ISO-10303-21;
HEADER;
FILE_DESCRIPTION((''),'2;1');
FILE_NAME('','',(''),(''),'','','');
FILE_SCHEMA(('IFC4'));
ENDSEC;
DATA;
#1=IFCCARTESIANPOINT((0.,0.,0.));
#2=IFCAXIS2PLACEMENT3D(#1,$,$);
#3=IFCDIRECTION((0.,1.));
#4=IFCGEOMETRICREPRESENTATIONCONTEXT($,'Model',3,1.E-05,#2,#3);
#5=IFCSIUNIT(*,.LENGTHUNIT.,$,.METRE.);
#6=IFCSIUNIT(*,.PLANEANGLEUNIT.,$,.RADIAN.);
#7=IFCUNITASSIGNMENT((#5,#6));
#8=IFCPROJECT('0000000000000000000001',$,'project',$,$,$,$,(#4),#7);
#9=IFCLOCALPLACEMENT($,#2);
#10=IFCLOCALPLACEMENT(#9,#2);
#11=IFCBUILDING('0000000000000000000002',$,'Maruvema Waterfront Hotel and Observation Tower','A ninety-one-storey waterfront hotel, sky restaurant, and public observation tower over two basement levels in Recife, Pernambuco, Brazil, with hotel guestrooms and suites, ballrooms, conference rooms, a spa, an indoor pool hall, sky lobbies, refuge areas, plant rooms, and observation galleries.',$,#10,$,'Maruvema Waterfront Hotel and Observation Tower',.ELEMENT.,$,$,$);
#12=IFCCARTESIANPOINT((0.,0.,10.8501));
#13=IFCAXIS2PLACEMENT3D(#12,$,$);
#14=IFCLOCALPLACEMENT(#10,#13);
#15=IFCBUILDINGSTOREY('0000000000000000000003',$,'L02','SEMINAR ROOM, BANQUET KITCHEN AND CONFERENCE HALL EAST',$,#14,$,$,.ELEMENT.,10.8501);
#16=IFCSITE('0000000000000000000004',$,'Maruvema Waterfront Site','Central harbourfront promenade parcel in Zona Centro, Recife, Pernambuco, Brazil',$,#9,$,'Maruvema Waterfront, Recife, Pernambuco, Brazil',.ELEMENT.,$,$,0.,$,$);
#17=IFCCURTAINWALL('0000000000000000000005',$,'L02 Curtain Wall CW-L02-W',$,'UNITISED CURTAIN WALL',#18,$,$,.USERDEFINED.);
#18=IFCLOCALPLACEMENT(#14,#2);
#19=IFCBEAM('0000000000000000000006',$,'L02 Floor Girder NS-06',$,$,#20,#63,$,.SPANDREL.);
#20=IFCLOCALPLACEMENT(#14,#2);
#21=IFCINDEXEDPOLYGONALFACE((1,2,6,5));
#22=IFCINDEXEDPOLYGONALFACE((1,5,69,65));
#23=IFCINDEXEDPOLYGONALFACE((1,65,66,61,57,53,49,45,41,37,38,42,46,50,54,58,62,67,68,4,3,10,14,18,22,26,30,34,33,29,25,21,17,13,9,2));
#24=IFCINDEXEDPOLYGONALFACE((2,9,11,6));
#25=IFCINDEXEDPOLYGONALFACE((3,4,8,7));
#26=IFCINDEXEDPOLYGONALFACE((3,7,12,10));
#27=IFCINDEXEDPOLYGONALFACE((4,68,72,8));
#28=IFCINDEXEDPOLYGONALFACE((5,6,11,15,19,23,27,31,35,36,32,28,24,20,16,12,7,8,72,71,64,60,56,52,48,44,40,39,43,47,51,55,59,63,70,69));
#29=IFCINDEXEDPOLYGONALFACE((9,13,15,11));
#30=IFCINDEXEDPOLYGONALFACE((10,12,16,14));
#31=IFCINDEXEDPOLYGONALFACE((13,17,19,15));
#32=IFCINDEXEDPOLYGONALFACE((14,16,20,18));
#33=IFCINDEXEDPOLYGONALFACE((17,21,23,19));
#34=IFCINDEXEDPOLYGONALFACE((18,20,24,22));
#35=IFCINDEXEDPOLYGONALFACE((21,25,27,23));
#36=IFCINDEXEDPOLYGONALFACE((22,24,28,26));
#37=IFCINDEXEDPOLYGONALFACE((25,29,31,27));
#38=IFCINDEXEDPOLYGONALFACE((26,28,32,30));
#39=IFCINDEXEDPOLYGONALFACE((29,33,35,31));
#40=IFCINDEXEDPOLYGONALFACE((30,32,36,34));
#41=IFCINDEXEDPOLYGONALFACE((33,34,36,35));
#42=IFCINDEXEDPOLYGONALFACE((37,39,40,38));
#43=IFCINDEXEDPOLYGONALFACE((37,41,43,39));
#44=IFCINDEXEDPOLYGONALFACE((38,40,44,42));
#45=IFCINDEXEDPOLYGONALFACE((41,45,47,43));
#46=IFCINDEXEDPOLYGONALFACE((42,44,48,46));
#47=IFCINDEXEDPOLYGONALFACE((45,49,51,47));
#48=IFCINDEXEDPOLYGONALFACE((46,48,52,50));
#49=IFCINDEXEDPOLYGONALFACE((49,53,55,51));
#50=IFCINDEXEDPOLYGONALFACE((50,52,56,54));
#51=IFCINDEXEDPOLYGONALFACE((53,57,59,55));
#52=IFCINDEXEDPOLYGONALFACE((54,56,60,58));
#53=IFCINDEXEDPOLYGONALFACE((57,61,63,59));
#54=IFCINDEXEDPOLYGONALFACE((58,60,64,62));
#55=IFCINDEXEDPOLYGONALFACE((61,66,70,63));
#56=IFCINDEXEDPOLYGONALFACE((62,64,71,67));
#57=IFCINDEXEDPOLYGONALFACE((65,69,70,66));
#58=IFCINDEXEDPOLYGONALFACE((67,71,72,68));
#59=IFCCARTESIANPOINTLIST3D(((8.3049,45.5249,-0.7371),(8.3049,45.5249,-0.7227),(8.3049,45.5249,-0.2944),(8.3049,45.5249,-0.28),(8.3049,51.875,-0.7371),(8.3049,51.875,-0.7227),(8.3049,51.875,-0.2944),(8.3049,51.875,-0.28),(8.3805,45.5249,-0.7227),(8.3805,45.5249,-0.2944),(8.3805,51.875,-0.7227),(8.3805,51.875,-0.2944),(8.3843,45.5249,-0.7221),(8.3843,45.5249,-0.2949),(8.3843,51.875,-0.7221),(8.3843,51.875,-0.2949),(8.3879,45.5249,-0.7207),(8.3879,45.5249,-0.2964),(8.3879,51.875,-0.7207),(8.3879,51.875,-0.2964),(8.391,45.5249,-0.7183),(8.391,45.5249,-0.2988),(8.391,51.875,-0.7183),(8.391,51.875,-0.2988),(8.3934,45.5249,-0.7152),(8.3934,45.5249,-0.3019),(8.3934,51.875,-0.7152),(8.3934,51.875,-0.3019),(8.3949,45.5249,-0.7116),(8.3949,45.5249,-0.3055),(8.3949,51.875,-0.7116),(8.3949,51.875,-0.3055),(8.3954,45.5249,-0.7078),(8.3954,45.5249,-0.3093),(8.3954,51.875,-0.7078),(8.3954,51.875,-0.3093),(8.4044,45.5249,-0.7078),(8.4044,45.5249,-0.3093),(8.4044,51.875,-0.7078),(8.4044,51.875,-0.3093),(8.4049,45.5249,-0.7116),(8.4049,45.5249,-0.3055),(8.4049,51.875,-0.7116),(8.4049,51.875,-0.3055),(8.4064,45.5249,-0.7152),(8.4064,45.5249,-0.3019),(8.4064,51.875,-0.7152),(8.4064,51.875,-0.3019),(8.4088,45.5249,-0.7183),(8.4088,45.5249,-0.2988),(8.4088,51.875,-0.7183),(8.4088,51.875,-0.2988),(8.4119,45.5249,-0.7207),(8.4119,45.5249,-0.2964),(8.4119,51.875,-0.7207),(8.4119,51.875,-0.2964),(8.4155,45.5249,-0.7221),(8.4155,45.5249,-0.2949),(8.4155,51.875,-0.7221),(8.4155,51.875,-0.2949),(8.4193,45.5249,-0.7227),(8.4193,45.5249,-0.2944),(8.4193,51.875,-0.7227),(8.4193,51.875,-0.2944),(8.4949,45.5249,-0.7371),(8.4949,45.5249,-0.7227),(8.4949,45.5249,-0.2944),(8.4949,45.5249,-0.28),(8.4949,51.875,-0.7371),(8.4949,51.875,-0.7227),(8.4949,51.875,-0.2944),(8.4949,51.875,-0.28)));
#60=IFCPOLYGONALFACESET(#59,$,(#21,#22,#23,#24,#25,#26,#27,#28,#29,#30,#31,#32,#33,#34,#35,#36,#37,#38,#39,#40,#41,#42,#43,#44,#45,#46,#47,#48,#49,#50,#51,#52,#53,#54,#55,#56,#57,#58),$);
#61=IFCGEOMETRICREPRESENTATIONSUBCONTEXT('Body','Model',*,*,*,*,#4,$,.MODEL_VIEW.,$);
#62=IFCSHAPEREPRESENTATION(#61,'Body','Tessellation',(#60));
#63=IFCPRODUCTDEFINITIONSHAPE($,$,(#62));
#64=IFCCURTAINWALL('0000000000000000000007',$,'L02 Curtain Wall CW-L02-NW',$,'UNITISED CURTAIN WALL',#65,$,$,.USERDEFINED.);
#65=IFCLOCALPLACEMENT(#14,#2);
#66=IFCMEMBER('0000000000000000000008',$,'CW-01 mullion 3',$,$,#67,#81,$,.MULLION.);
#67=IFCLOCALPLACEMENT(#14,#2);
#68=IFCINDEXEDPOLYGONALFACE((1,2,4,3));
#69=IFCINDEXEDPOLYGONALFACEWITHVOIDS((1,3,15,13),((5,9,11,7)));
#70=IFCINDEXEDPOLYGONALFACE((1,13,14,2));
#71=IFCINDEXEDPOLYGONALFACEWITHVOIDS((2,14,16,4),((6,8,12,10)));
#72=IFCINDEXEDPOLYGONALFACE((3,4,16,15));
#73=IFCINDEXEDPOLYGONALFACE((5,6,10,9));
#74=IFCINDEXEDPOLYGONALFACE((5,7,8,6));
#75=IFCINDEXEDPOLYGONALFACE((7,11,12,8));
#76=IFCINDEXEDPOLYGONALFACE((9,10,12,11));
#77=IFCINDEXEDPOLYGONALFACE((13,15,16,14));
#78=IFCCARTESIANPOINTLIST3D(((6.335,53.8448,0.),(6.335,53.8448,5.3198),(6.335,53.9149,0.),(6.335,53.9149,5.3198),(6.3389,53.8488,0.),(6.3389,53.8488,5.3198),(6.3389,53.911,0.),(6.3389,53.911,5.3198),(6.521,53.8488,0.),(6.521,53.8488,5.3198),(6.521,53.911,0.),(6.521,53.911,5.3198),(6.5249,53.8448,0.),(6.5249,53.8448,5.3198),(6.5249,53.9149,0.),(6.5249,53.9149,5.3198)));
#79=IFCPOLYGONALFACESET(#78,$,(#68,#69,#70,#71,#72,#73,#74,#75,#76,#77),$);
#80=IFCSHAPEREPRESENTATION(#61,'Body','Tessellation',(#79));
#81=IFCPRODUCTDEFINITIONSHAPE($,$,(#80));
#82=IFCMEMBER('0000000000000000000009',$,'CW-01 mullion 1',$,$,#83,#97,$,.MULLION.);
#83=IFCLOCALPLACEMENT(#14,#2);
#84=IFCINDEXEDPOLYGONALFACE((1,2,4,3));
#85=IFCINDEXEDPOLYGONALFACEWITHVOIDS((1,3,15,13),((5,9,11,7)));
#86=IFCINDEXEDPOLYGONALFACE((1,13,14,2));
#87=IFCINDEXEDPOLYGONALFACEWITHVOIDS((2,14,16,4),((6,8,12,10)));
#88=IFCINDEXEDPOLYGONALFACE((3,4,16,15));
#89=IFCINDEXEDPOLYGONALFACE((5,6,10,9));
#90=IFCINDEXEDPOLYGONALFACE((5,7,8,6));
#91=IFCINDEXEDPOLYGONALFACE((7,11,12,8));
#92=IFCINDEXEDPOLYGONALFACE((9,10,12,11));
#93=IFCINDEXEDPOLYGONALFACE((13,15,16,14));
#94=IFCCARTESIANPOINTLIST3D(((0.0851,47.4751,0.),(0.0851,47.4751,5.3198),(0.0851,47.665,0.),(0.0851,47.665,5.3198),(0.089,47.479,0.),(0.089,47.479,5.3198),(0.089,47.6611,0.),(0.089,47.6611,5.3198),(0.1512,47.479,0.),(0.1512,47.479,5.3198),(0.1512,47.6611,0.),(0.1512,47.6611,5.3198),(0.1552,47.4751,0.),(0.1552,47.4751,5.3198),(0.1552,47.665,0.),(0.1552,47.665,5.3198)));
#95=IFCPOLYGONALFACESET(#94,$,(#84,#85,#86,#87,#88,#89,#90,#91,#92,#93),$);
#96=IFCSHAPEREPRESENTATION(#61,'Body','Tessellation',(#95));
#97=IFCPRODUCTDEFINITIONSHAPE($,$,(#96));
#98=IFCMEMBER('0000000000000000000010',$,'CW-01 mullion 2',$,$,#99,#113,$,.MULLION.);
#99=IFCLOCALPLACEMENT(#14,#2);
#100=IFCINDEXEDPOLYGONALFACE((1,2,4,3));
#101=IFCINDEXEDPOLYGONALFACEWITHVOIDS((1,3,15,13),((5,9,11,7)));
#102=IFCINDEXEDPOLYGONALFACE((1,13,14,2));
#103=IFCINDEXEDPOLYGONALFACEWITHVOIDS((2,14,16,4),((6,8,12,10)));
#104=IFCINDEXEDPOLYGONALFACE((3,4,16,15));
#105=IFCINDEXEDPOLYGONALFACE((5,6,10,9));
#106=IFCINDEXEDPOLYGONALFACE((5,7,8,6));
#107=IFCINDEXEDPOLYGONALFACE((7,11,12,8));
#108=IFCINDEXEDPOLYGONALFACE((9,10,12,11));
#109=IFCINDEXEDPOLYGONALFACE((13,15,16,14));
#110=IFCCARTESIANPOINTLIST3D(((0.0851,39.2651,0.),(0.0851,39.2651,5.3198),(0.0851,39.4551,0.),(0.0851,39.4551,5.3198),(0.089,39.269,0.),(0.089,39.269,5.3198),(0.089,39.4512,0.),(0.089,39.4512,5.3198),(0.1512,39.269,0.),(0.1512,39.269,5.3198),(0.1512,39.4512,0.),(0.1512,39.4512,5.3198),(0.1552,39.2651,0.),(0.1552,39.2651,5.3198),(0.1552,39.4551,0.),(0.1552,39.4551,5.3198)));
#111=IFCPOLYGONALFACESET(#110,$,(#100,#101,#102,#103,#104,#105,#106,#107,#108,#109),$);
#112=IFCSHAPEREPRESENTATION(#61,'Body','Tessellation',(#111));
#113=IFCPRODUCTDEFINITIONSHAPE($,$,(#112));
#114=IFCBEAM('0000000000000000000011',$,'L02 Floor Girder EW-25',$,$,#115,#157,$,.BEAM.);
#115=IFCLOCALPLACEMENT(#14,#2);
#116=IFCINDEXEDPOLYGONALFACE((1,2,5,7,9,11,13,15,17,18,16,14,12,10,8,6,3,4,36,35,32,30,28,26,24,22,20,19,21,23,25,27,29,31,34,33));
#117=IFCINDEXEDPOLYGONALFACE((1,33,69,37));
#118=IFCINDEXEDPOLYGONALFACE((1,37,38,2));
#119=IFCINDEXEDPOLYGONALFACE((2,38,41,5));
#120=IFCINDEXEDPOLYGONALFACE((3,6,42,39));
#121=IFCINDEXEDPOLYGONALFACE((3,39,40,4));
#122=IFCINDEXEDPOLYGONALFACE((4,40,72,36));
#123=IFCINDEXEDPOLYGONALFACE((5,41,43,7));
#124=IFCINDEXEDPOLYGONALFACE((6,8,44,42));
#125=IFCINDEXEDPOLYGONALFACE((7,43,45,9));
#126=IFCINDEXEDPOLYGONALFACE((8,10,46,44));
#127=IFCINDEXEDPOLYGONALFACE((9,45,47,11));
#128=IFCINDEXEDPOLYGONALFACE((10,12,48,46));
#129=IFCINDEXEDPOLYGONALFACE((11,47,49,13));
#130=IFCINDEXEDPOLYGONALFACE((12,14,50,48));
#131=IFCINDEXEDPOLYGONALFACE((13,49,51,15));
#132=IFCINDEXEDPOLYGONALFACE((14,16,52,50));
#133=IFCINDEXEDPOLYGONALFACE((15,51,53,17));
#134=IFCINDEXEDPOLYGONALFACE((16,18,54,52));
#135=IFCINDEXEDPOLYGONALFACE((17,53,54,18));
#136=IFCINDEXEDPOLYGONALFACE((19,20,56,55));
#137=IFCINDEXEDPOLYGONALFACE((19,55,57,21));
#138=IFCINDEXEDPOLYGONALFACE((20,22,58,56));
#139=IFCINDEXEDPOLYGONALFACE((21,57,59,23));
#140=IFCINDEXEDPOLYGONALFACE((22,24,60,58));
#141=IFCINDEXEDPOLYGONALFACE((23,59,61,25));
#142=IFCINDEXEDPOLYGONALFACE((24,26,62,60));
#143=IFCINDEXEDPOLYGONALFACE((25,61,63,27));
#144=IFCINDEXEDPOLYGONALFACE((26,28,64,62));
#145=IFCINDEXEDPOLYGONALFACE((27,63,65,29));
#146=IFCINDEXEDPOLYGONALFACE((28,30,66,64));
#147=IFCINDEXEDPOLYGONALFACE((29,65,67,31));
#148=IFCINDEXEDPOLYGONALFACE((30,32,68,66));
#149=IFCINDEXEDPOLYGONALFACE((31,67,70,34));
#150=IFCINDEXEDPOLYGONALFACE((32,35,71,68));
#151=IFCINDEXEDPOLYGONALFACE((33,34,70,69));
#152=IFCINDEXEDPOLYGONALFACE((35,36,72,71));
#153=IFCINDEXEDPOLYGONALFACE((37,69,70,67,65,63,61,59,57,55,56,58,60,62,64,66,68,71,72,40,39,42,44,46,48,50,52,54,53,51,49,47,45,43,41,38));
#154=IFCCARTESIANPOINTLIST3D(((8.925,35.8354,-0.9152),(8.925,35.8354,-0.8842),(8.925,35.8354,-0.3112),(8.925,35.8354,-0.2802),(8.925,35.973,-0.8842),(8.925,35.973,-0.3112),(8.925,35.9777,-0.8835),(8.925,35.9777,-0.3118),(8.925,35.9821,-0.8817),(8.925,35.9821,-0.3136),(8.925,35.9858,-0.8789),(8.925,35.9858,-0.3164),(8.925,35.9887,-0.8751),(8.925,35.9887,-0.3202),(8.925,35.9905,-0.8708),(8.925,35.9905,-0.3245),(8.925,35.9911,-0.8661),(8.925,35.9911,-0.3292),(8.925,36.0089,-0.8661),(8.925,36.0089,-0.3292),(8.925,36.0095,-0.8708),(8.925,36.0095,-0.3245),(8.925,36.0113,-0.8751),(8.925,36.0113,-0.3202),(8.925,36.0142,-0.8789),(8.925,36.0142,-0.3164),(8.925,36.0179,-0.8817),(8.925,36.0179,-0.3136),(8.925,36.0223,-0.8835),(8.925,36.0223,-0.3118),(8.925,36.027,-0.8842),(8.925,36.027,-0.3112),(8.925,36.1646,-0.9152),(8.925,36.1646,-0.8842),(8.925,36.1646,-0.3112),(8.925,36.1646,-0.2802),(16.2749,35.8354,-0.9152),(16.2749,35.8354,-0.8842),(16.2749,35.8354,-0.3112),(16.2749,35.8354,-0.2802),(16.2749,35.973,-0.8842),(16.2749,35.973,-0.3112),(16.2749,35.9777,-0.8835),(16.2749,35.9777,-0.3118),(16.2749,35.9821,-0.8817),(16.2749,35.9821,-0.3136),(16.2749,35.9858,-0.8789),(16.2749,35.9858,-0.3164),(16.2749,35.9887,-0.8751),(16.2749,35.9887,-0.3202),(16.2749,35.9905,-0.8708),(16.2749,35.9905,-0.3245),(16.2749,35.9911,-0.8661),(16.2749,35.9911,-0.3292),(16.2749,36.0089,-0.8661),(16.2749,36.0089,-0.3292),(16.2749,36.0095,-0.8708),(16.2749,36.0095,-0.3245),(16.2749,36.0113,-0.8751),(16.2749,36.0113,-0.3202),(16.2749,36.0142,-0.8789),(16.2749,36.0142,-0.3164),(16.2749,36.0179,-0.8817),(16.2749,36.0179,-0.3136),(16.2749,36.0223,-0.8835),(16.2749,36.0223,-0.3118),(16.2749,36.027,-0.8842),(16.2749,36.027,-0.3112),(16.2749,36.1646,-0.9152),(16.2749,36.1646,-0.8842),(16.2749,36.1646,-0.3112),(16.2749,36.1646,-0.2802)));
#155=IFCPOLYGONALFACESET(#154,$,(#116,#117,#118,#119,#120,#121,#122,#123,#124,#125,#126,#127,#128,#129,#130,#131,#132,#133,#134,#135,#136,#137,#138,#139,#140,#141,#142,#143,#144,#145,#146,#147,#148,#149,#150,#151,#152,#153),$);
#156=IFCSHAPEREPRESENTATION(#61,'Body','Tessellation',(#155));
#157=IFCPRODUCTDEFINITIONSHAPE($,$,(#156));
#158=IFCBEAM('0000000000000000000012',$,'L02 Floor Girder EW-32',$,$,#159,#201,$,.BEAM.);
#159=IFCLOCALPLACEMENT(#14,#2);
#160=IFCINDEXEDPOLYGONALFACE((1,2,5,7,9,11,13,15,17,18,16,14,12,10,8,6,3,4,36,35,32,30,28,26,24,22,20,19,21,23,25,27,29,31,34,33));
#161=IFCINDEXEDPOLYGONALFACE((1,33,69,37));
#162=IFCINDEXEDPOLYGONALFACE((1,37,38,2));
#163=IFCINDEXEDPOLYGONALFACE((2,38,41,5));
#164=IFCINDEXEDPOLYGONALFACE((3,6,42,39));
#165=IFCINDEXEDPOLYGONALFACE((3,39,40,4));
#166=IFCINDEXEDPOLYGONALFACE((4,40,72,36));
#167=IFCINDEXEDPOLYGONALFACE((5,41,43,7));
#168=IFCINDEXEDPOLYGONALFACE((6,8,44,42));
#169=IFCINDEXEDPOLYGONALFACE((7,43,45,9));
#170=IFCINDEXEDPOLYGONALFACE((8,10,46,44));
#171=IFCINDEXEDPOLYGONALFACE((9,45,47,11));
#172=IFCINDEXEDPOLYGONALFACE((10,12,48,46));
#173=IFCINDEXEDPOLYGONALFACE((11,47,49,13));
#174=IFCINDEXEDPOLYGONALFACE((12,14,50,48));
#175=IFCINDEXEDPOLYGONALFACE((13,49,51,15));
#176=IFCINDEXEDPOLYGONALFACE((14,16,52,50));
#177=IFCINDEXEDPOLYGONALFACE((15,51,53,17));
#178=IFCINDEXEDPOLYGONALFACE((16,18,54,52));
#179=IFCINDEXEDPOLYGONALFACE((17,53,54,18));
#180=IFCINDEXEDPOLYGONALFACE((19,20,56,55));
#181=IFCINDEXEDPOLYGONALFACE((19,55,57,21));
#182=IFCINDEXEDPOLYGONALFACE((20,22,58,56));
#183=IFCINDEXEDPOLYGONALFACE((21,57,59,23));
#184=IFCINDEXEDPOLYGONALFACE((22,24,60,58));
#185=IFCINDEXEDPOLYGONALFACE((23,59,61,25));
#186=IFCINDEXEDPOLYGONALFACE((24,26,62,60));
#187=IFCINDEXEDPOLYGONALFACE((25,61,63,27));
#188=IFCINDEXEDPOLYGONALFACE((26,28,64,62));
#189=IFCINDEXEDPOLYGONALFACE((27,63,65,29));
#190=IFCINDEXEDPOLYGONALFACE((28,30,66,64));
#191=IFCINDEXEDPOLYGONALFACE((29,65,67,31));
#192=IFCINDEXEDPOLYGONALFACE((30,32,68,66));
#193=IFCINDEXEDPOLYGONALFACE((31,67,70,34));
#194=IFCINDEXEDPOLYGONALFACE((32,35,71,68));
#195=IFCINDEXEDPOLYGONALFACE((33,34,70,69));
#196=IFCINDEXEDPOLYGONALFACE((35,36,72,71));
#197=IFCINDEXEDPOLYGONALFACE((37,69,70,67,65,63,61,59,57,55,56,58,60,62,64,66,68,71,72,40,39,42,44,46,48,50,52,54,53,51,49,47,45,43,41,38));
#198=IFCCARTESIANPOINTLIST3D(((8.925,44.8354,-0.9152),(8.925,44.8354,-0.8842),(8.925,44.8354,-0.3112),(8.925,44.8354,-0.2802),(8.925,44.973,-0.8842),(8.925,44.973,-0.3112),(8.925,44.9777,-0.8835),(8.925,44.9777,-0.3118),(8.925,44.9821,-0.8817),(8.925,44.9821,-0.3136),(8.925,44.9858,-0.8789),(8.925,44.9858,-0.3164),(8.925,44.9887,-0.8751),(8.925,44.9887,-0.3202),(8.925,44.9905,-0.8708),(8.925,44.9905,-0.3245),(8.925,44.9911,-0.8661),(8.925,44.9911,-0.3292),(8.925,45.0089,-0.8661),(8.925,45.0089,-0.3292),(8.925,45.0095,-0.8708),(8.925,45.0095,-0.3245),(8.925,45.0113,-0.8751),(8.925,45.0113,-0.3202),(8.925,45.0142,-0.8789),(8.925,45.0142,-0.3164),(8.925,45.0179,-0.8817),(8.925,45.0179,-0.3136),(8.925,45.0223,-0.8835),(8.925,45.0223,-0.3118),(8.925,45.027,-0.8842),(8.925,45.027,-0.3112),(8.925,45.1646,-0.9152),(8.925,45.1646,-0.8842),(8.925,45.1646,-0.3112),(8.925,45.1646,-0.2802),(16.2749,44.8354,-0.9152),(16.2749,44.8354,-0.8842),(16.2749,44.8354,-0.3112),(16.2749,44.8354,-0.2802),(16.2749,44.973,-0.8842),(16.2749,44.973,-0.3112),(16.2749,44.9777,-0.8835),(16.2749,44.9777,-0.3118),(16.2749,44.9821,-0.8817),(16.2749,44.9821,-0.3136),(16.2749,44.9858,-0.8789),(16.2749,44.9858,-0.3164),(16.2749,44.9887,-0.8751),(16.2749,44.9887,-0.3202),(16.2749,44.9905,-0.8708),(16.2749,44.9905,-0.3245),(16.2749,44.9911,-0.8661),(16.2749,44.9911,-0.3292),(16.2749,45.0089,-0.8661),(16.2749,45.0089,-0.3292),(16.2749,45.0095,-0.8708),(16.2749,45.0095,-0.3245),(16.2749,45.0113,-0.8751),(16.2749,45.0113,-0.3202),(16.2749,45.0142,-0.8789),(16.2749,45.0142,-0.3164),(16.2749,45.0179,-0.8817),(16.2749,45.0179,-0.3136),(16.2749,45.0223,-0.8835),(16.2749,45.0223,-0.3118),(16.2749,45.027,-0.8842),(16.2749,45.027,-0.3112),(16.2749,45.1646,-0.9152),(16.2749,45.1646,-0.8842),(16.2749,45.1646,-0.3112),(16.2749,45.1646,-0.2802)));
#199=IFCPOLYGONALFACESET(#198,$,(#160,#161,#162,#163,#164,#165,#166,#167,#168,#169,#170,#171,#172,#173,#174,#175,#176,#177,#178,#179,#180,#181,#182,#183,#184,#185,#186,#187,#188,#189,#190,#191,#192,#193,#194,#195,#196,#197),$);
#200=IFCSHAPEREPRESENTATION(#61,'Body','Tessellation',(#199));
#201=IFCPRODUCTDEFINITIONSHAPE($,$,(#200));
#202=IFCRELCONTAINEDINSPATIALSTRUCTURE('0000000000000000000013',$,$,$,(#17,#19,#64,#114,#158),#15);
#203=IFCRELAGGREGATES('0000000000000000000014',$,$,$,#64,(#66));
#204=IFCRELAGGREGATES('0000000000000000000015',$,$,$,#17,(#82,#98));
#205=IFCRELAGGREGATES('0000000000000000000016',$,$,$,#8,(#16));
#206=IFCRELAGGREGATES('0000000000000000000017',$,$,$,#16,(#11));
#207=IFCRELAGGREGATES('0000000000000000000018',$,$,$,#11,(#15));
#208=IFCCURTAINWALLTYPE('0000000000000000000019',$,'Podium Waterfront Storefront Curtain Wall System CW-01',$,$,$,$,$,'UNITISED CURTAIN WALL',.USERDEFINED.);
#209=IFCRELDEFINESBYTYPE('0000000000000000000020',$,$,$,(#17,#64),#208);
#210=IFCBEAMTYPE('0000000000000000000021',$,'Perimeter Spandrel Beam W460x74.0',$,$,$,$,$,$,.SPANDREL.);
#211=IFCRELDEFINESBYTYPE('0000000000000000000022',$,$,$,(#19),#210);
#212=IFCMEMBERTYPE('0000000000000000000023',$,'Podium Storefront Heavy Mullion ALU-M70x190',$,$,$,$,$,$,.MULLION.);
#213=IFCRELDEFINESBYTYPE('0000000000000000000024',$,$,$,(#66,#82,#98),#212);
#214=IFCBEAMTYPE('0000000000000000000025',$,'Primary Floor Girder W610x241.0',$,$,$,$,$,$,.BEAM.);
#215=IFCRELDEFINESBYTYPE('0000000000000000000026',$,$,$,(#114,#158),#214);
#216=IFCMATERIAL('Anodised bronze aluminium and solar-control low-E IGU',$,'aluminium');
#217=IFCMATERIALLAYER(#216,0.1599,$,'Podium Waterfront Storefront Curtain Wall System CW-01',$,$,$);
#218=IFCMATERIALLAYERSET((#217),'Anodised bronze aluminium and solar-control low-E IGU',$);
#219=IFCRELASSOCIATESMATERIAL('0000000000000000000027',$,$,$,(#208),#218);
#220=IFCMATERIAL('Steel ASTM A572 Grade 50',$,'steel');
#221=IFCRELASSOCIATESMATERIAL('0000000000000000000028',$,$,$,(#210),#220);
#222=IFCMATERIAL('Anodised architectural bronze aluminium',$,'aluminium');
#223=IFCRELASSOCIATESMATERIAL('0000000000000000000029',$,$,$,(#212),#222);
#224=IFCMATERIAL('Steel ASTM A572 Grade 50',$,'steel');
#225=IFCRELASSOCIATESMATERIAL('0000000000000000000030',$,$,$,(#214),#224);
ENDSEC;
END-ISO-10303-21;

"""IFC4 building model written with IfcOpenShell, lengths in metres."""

from ifc_helpers import new_model, si_unit, direction, frame, origin, origin_2d, place, context, subcontext, project, spatial, hollow_rectangle, i_section, extrude, material, layer, layer_set, material_profile, profile_set, type_object, element, aggregate, save


model = new_model("IFC4")

# Units and contexts
model_context = context("Model", 3, precision=1e-05, world=origin(), true_north=direction((0.0, 1.0)))
body_context = subcontext(model_context, "Body", "Model", "MODEL_VIEW")
ifc_project = project(units=[si_unit("LENGTHUNIT", "METRE"), si_unit("PLANEANGLEUNIT", "RADIAN")], contexts=[model_context])

# Site, building, storey
site_placement = place(None, origin())
site = spatial("IfcSite", under=ifc_project, at=site_placement, Name="Maruvema Waterfront Site", Description="Central harbourfront promenade parcel in Zona Centro, Recife, Pernambuco, Brazil", LongName="Maruvema Waterfront, Recife, Pernambuco, Brazil", CompositionType="ELEMENT", RefElevation=0.0)
building_placement = place(site_placement, origin())
building = spatial("IfcBuilding", under=site, at=building_placement, Name="Maruvema Waterfront Hotel and Observation Tower", Description="A ninety-one-storey waterfront hotel, sky restaurant, and public observation tower over two basement levels in Recife, Pernambuco, Brazil, with hotel guestrooms and suites, ballrooms, conference rooms, a spa, an indoor pool hall, sky lobbies, refuge areas, plant rooms, and observation galleries.", LongName="Maruvema Waterfront Hotel and Observation Tower", CompositionType="ELEMENT")
storey_placement = place(building_placement, frame((0.0, 0.0, 10.8501)))
storey = spatial("IfcBuildingStorey", under=building, at=storey_placement, Name="L02", Description="SEMINAR ROOM, BANQUET KITCHEN AND CONFERENCE HALL EAST", CompositionType="ELEMENT", Elevation=10.8501)

# Curtain wall
ifc_material_1 = material(Name="Anodised bronze aluminium and solar-control low-E IGU", Category="aluminium")
ifc_layer_1 = layer(ifc_material_1, 0.1599, Name="Podium Waterfront Storefront Curtain Wall System CW-01")
ifc_layer_set_1 = layer_set([ifc_layer_1], Name="Anodised bronze aluminium and solar-control low-E IGU")
curtain_wall_type = type_object("IfcCurtainWallType", Name="Podium Waterfront Storefront Curtain Wall System CW-01", ElementType="UNITISED CURTAIN WALL", PredefinedType="USERDEFINED", material=ifc_layer_set_1)
curtain_wall_1_placement = place(storey_placement, origin())
curtain_wall_1 = element("IfcCurtainWall", 1, at=curtain_wall_1_placement, inside=storey, type_object=curtain_wall_type, Name="L02 Curtain Wall CW-L02-W", ObjectType="UNITISED CURTAIN WALL", PredefinedType="USERDEFINED")

# Beam
ifc_material_2 = material(Name="Steel ASTM A572 Grade 50", Category="steel")
ifc_material_profile_1 = material_profile(ifc_material_2, i_section(OverallWidth=0.1899, OverallDepth=0.457, WebThickness=0.009, FlangeThickness=0.0144, FilletRadius=0.0149, at=origin_2d()), Name="W460x74.0")
ifc_profile_set_1 = profile_set([ifc_material_profile_1], Name="Steel ASTM A572 Grade 50")
beam_type_1 = type_object("IfcBeamType", Name="Perimeter Spandrel Beam W460x74.0", PredefinedType="SPANDREL", material=ifc_profile_set_1)
beam_1_placement = place(storey_placement, frame((8.3999, 45.5249, -0.5085), z_axis=(0.0, 1.0, 0.0), x_axis=(-1.0, 0.0, 0.0)))
element("IfcBeam", 2, at=beam_1_placement, inside=storey, type_object=beam_type_1, Name="L02 Floor Girder NS-06", PredefinedType="SPANDREL", context=body_context, shape_type="SweptSolid", body=[
    extrude(i_section(OverallWidth=0.1899, OverallDepth=0.457, WebThickness=0.009, FlangeThickness=0.0144, FilletRadius=0.0149, at=origin_2d()), origin(), (0.0, 0.0, 1.0), 6.3501),
])

# Curtain wall, member
curtain_wall_2_placement = place(storey_placement, origin())
curtain_wall_2 = element("IfcCurtainWall", 3, at=curtain_wall_2_placement, inside=storey, type_object=curtain_wall_type, Name="L02 Curtain Wall CW-L02-NW", ObjectType="UNITISED CURTAIN WALL", PredefinedType="USERDEFINED")
ifc_material_3 = material(Name="Anodised architectural bronze aluminium", Category="aluminium")
ifc_material_profile_2 = material_profile(ifc_material_3, hollow_rectangle(XDim=0.0701, YDim=0.1899, WallThickness=0.0039, at=origin_2d()), Name="ALU-M70x190")
ifc_profile_set_2 = profile_set([ifc_material_profile_2], Name="Anodised architectural bronze aluminium")
member_type_1 = type_object("IfcMemberType", Name="Podium Storefront Heavy Mullion ALU-M70x190", PredefinedType="MULLION", material=ifc_profile_set_2)
member_1_placement = place(storey_placement, frame((6.4299, 53.8799, 0.0), z_axis=(0.0, 0.0, 1.0), x_axis=(0.0, -1.0, 0.0)))
member_1 = element("IfcMember", 4, at=member_1_placement, type_object=member_type_1, Name="CW-01 mullion 3", PredefinedType="MULLION", context=body_context, shape_type="SweptSolid", body=[
    extrude(hollow_rectangle(XDim=0.0701, YDim=0.1899, WallThickness=0.0039, at=origin_2d()), origin(), (0.0, 0.0, 1.0), 5.3198),
])

# Members
member_2_placement = place(storey_placement, frame((0.1201, 47.5701, 0.0), z_axis=(0.0, 0.0, 1.0), x_axis=(1.0, 0.0, 0.0)))
member_2 = element("IfcMember", 5, at=member_2_placement, type_object=member_type_1, Name="CW-01 mullion 1", PredefinedType="MULLION", context=body_context, shape_type="SweptSolid", body=[
    extrude(hollow_rectangle(XDim=0.0701, YDim=0.1899, WallThickness=0.0039, at=origin_2d()), origin(), (0.0, 0.0, 1.0), 5.3198),
])
member_3_placement = place(storey_placement, frame((0.1201, 39.3601, 0.0), z_axis=(0.0, 0.0, 1.0), x_axis=(1.0, 0.0, 0.0)))
member_3 = element("IfcMember", 6, at=member_3_placement, type_object=member_type_1, Name="CW-01 mullion 2", PredefinedType="MULLION", context=body_context, shape_type="SweptSolid", body=[
    extrude(hollow_rectangle(XDim=0.0701, YDim=0.1899, WallThickness=0.0039, at=origin_2d()), origin(), (0.0, 0.0, 1.0), 5.3198),
])

# Beams
ifc_material_4 = material(Name="Steel ASTM A572 Grade 50", Category="steel")
ifc_material_profile_3 = material_profile(ifc_material_4, i_section(OverallWidth=0.3291, OverallDepth=0.635, WebThickness=0.0178, FlangeThickness=0.031, FilletRadius=0.0181, at=origin_2d()), Name="W610x241.0")
ifc_profile_set_3 = profile_set([ifc_material_profile_3], Name="Steel ASTM A572 Grade 50")
beam_type_2 = type_object("IfcBeamType", Name="Primary Floor Girder W610x241.0", PredefinedType="BEAM", material=ifc_profile_set_3)
for number, where, z_axis, x_axis, name in (
    (7, (8.925, 36.0, -0.5977), (1.0, 0.0, 0.0), (0.0, 1.0, 0.0), "L02 Floor Girder EW-25"),
    (8, (8.925, 45.0, -0.5977), (1.0, 0.0, 0.0), (0.0, 1.0, 0.0), "L02 Floor Girder EW-32"),
):
    element("IfcBeam", number, at=place(storey_placement, frame(where, z_axis=z_axis, x_axis=x_axis)), inside=storey, type_object=beam_type_2, Name=name, PredefinedType="BEAM", context=body_context, shape_type="SweptSolid", body=[
        extrude(i_section(OverallWidth=0.3291, OverallDepth=0.635, WebThickness=0.0178, FlangeThickness=0.031, FilletRadius=0.0181, at=origin_2d()), origin(), (0.0, 0.0, 1.0), 7.3499),
    ])

aggregate(curtain_wall_2, [member_1])
aggregate(curtain_wall_1, [member_2, member_3])

save(model, "model.ifc")
